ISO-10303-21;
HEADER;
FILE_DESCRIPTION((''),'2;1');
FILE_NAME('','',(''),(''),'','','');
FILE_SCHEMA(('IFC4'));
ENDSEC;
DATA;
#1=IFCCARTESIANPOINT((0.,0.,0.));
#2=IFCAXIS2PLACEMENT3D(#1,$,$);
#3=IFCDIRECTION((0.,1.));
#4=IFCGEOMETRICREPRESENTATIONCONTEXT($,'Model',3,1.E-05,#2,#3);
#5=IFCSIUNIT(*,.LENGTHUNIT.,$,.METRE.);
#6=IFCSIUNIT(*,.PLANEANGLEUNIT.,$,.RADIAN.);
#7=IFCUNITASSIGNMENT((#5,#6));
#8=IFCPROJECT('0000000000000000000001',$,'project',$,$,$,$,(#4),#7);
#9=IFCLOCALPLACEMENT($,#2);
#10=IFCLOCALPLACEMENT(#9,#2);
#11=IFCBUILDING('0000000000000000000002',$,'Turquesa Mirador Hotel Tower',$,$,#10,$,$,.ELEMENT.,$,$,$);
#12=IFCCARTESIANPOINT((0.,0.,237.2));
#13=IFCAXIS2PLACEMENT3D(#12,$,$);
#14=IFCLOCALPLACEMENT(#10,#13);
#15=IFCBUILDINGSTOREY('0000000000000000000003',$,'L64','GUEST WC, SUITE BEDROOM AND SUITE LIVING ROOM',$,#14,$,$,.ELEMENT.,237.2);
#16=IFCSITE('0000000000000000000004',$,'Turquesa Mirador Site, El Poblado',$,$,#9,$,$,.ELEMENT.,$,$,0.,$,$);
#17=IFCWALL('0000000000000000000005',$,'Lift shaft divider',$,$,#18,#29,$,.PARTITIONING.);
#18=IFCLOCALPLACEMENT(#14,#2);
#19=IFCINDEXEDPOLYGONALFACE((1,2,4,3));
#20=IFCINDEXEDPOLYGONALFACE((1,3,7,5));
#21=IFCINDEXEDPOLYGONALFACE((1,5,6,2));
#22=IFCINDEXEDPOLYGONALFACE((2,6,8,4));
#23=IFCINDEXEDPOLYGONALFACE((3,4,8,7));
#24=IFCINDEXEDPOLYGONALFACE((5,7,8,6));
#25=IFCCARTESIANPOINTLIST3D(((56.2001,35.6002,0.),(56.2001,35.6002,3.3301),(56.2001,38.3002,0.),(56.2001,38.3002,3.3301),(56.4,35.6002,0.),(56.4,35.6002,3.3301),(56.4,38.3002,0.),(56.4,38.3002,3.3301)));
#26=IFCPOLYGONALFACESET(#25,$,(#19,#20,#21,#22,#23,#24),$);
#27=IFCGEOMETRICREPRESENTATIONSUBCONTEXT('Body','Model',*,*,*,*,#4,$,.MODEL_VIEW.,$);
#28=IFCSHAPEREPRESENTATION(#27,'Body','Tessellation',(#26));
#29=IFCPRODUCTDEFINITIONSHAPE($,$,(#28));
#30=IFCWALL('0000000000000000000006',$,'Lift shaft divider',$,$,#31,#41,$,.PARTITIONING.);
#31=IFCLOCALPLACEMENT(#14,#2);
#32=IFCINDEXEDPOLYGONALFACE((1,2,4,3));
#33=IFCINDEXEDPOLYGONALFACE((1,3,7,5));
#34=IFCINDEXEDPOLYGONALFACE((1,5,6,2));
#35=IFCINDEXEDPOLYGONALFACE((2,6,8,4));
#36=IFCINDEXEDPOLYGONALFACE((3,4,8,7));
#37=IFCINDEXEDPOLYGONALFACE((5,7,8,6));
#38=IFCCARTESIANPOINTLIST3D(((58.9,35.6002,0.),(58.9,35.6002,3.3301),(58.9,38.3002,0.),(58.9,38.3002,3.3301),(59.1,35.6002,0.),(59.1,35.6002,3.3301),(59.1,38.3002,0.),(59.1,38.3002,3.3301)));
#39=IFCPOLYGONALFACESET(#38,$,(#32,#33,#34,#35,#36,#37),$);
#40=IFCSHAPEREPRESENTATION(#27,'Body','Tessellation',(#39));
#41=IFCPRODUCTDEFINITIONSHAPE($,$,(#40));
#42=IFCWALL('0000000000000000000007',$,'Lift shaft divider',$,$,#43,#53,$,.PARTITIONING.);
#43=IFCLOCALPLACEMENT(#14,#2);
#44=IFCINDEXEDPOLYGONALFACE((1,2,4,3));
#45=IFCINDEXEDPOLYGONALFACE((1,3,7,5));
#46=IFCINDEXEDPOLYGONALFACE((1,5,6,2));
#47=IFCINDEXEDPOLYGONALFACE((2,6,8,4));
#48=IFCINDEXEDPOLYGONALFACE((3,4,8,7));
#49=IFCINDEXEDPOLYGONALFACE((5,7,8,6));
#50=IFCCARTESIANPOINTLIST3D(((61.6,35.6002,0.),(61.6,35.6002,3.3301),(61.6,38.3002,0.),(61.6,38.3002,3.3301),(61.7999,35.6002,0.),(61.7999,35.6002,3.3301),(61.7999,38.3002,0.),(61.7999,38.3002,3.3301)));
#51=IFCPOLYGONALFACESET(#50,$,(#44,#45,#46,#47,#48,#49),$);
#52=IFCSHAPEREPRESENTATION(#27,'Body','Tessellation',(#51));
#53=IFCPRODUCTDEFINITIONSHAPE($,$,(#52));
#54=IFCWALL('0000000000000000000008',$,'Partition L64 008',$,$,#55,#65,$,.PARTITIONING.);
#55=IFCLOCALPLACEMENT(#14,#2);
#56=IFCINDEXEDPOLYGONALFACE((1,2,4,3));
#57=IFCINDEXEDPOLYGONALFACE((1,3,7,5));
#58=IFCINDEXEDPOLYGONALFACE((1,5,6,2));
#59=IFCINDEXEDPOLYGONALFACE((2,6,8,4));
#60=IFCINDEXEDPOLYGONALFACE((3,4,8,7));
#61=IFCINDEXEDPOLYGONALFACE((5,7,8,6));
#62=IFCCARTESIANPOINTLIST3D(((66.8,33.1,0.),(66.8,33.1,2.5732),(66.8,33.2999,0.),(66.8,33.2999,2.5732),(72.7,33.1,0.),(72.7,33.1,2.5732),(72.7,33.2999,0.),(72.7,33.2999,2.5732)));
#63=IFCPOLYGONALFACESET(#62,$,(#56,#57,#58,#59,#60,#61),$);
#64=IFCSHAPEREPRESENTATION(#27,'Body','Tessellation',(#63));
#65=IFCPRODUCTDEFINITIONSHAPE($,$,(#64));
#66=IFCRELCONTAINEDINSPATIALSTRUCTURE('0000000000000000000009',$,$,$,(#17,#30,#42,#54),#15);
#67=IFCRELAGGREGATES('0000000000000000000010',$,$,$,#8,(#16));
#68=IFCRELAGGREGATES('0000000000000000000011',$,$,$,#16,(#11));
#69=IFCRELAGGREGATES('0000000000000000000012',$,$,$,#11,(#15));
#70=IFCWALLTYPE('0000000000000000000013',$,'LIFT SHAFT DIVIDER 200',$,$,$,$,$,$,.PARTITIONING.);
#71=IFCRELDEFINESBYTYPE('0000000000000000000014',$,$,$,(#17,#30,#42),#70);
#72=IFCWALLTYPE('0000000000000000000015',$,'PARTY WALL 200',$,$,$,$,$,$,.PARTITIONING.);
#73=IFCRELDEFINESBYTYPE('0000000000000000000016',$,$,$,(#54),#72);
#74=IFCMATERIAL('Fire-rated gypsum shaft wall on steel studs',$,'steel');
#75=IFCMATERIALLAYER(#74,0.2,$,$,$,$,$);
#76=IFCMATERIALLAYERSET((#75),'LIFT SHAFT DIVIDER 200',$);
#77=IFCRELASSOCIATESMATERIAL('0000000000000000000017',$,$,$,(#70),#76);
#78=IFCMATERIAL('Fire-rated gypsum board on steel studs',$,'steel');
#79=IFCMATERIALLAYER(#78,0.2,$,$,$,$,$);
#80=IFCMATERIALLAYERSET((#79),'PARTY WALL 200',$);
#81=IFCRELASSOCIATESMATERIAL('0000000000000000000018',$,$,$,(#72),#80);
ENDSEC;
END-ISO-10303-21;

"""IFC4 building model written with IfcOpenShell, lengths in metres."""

from ifc_helpers import new_model, si_unit, direction, frame, frame_2d, origin, place, context, subcontext, project, spatial, rectangle, extrude, material, layer, layer_set, type_object, element, save


model = new_model("IFC4")

# Units and contexts
model_context = context("Model", 3, precision=1e-05, world=origin(), true_north=direction((0.0, 1.0)))
body_context = subcontext(model_context, "Body", "Model", "MODEL_VIEW")
ifc_project = project(units=[si_unit("LENGTHUNIT", "METRE"), si_unit("PLANEANGLEUNIT", "RADIAN")], contexts=[model_context])

# Site, building, storey
site_placement = place(None, origin())
site = spatial("IfcSite", under=ifc_project, at=site_placement, Name="Turquesa Mirador Site, El Poblado", CompositionType="ELEMENT", RefElevation=0.0)
building_placement = place(site_placement, origin())
building = spatial("IfcBuilding", under=site, at=building_placement, Name="Turquesa Mirador Hotel Tower", CompositionType="ELEMENT")
storey_placement = place(building_placement, frame((0.0, 0.0, 237.2)))
storey = spatial("IfcBuildingStorey", under=building, at=storey_placement, Name="L64", Description="GUEST WC, SUITE BEDROOM AND SUITE LIVING ROOM", CompositionType="ELEMENT", Elevation=237.2)

# Walls
ifc_material_1 = material(Name="Fire-rated gypsum shaft wall on steel studs", Category="steel")
ifc_layer_1 = layer(ifc_material_1, 0.2)
ifc_layer_set_1 = layer_set([ifc_layer_1], Name="LIFT SHAFT DIVIDER 200")
wall_type_1 = type_object("IfcWallType", Name="LIFT SHAFT DIVIDER 200", PredefinedType="PARTITIONING", material=ifc_layer_set_1)
for number, where, z_axis, x_axis, name in (
    (1, (56.3, 35.6001, 0.0), (0.0, 0.0, 1.0), (0.0, 1.0, 0.0), "Lift shaft divider"),
    (2, (59.0, 35.6001, 0.0), (0.0, 0.0, 1.0), (0.0, 1.0, 0.0), "Lift shaft divider"),
    (3, (61.7, 35.6001, 0.0), (0.0, 0.0, 1.0), (0.0, 1.0, 0.0), "Lift shaft divider"),
):
    element("IfcWall", number, at=place(storey_placement, frame(where, z_axis=z_axis, x_axis=x_axis)), inside=storey, type_object=wall_type_1, Name=name, PredefinedType="PARTITIONING", context=body_context, shape_type="SweptSolid", body=[
        extrude(rectangle(XDim=2.7, YDim=0.2, at=frame_2d((1.3501, 0.0))), origin(), (0.0, 0.0, 1.0), 3.3301),
    ])
ifc_material_2 = material(Name="Fire-rated gypsum board on steel studs", Category="steel")
ifc_layer_2 = layer(ifc_material_2, 0.2)
ifc_layer_set_2 = layer_set([ifc_layer_2], Name="PARTY WALL 200")
wall_type_2 = type_object("IfcWallType", Name="PARTY WALL 200", PredefinedType="PARTITIONING", material=ifc_layer_set_2)
wall_1_placement = place(storey_placement, frame((66.8, 33.2, 0.0), z_axis=(0.0, 0.0, 1.0), x_axis=(1.0, 0.0, 0.0)))
element("IfcWall", 4, at=wall_1_placement, inside=storey, type_object=wall_type_2, Name="Partition L64 008", PredefinedType="PARTITIONING", context=body_context, shape_type="SweptSolid", body=[
    extrude(rectangle(XDim=5.8999, YDim=0.2, at=frame_2d((2.95, 0.0))), origin(), (0.0, 0.0, 1.0), 2.5732),
])

save(model, "model.ifc")
